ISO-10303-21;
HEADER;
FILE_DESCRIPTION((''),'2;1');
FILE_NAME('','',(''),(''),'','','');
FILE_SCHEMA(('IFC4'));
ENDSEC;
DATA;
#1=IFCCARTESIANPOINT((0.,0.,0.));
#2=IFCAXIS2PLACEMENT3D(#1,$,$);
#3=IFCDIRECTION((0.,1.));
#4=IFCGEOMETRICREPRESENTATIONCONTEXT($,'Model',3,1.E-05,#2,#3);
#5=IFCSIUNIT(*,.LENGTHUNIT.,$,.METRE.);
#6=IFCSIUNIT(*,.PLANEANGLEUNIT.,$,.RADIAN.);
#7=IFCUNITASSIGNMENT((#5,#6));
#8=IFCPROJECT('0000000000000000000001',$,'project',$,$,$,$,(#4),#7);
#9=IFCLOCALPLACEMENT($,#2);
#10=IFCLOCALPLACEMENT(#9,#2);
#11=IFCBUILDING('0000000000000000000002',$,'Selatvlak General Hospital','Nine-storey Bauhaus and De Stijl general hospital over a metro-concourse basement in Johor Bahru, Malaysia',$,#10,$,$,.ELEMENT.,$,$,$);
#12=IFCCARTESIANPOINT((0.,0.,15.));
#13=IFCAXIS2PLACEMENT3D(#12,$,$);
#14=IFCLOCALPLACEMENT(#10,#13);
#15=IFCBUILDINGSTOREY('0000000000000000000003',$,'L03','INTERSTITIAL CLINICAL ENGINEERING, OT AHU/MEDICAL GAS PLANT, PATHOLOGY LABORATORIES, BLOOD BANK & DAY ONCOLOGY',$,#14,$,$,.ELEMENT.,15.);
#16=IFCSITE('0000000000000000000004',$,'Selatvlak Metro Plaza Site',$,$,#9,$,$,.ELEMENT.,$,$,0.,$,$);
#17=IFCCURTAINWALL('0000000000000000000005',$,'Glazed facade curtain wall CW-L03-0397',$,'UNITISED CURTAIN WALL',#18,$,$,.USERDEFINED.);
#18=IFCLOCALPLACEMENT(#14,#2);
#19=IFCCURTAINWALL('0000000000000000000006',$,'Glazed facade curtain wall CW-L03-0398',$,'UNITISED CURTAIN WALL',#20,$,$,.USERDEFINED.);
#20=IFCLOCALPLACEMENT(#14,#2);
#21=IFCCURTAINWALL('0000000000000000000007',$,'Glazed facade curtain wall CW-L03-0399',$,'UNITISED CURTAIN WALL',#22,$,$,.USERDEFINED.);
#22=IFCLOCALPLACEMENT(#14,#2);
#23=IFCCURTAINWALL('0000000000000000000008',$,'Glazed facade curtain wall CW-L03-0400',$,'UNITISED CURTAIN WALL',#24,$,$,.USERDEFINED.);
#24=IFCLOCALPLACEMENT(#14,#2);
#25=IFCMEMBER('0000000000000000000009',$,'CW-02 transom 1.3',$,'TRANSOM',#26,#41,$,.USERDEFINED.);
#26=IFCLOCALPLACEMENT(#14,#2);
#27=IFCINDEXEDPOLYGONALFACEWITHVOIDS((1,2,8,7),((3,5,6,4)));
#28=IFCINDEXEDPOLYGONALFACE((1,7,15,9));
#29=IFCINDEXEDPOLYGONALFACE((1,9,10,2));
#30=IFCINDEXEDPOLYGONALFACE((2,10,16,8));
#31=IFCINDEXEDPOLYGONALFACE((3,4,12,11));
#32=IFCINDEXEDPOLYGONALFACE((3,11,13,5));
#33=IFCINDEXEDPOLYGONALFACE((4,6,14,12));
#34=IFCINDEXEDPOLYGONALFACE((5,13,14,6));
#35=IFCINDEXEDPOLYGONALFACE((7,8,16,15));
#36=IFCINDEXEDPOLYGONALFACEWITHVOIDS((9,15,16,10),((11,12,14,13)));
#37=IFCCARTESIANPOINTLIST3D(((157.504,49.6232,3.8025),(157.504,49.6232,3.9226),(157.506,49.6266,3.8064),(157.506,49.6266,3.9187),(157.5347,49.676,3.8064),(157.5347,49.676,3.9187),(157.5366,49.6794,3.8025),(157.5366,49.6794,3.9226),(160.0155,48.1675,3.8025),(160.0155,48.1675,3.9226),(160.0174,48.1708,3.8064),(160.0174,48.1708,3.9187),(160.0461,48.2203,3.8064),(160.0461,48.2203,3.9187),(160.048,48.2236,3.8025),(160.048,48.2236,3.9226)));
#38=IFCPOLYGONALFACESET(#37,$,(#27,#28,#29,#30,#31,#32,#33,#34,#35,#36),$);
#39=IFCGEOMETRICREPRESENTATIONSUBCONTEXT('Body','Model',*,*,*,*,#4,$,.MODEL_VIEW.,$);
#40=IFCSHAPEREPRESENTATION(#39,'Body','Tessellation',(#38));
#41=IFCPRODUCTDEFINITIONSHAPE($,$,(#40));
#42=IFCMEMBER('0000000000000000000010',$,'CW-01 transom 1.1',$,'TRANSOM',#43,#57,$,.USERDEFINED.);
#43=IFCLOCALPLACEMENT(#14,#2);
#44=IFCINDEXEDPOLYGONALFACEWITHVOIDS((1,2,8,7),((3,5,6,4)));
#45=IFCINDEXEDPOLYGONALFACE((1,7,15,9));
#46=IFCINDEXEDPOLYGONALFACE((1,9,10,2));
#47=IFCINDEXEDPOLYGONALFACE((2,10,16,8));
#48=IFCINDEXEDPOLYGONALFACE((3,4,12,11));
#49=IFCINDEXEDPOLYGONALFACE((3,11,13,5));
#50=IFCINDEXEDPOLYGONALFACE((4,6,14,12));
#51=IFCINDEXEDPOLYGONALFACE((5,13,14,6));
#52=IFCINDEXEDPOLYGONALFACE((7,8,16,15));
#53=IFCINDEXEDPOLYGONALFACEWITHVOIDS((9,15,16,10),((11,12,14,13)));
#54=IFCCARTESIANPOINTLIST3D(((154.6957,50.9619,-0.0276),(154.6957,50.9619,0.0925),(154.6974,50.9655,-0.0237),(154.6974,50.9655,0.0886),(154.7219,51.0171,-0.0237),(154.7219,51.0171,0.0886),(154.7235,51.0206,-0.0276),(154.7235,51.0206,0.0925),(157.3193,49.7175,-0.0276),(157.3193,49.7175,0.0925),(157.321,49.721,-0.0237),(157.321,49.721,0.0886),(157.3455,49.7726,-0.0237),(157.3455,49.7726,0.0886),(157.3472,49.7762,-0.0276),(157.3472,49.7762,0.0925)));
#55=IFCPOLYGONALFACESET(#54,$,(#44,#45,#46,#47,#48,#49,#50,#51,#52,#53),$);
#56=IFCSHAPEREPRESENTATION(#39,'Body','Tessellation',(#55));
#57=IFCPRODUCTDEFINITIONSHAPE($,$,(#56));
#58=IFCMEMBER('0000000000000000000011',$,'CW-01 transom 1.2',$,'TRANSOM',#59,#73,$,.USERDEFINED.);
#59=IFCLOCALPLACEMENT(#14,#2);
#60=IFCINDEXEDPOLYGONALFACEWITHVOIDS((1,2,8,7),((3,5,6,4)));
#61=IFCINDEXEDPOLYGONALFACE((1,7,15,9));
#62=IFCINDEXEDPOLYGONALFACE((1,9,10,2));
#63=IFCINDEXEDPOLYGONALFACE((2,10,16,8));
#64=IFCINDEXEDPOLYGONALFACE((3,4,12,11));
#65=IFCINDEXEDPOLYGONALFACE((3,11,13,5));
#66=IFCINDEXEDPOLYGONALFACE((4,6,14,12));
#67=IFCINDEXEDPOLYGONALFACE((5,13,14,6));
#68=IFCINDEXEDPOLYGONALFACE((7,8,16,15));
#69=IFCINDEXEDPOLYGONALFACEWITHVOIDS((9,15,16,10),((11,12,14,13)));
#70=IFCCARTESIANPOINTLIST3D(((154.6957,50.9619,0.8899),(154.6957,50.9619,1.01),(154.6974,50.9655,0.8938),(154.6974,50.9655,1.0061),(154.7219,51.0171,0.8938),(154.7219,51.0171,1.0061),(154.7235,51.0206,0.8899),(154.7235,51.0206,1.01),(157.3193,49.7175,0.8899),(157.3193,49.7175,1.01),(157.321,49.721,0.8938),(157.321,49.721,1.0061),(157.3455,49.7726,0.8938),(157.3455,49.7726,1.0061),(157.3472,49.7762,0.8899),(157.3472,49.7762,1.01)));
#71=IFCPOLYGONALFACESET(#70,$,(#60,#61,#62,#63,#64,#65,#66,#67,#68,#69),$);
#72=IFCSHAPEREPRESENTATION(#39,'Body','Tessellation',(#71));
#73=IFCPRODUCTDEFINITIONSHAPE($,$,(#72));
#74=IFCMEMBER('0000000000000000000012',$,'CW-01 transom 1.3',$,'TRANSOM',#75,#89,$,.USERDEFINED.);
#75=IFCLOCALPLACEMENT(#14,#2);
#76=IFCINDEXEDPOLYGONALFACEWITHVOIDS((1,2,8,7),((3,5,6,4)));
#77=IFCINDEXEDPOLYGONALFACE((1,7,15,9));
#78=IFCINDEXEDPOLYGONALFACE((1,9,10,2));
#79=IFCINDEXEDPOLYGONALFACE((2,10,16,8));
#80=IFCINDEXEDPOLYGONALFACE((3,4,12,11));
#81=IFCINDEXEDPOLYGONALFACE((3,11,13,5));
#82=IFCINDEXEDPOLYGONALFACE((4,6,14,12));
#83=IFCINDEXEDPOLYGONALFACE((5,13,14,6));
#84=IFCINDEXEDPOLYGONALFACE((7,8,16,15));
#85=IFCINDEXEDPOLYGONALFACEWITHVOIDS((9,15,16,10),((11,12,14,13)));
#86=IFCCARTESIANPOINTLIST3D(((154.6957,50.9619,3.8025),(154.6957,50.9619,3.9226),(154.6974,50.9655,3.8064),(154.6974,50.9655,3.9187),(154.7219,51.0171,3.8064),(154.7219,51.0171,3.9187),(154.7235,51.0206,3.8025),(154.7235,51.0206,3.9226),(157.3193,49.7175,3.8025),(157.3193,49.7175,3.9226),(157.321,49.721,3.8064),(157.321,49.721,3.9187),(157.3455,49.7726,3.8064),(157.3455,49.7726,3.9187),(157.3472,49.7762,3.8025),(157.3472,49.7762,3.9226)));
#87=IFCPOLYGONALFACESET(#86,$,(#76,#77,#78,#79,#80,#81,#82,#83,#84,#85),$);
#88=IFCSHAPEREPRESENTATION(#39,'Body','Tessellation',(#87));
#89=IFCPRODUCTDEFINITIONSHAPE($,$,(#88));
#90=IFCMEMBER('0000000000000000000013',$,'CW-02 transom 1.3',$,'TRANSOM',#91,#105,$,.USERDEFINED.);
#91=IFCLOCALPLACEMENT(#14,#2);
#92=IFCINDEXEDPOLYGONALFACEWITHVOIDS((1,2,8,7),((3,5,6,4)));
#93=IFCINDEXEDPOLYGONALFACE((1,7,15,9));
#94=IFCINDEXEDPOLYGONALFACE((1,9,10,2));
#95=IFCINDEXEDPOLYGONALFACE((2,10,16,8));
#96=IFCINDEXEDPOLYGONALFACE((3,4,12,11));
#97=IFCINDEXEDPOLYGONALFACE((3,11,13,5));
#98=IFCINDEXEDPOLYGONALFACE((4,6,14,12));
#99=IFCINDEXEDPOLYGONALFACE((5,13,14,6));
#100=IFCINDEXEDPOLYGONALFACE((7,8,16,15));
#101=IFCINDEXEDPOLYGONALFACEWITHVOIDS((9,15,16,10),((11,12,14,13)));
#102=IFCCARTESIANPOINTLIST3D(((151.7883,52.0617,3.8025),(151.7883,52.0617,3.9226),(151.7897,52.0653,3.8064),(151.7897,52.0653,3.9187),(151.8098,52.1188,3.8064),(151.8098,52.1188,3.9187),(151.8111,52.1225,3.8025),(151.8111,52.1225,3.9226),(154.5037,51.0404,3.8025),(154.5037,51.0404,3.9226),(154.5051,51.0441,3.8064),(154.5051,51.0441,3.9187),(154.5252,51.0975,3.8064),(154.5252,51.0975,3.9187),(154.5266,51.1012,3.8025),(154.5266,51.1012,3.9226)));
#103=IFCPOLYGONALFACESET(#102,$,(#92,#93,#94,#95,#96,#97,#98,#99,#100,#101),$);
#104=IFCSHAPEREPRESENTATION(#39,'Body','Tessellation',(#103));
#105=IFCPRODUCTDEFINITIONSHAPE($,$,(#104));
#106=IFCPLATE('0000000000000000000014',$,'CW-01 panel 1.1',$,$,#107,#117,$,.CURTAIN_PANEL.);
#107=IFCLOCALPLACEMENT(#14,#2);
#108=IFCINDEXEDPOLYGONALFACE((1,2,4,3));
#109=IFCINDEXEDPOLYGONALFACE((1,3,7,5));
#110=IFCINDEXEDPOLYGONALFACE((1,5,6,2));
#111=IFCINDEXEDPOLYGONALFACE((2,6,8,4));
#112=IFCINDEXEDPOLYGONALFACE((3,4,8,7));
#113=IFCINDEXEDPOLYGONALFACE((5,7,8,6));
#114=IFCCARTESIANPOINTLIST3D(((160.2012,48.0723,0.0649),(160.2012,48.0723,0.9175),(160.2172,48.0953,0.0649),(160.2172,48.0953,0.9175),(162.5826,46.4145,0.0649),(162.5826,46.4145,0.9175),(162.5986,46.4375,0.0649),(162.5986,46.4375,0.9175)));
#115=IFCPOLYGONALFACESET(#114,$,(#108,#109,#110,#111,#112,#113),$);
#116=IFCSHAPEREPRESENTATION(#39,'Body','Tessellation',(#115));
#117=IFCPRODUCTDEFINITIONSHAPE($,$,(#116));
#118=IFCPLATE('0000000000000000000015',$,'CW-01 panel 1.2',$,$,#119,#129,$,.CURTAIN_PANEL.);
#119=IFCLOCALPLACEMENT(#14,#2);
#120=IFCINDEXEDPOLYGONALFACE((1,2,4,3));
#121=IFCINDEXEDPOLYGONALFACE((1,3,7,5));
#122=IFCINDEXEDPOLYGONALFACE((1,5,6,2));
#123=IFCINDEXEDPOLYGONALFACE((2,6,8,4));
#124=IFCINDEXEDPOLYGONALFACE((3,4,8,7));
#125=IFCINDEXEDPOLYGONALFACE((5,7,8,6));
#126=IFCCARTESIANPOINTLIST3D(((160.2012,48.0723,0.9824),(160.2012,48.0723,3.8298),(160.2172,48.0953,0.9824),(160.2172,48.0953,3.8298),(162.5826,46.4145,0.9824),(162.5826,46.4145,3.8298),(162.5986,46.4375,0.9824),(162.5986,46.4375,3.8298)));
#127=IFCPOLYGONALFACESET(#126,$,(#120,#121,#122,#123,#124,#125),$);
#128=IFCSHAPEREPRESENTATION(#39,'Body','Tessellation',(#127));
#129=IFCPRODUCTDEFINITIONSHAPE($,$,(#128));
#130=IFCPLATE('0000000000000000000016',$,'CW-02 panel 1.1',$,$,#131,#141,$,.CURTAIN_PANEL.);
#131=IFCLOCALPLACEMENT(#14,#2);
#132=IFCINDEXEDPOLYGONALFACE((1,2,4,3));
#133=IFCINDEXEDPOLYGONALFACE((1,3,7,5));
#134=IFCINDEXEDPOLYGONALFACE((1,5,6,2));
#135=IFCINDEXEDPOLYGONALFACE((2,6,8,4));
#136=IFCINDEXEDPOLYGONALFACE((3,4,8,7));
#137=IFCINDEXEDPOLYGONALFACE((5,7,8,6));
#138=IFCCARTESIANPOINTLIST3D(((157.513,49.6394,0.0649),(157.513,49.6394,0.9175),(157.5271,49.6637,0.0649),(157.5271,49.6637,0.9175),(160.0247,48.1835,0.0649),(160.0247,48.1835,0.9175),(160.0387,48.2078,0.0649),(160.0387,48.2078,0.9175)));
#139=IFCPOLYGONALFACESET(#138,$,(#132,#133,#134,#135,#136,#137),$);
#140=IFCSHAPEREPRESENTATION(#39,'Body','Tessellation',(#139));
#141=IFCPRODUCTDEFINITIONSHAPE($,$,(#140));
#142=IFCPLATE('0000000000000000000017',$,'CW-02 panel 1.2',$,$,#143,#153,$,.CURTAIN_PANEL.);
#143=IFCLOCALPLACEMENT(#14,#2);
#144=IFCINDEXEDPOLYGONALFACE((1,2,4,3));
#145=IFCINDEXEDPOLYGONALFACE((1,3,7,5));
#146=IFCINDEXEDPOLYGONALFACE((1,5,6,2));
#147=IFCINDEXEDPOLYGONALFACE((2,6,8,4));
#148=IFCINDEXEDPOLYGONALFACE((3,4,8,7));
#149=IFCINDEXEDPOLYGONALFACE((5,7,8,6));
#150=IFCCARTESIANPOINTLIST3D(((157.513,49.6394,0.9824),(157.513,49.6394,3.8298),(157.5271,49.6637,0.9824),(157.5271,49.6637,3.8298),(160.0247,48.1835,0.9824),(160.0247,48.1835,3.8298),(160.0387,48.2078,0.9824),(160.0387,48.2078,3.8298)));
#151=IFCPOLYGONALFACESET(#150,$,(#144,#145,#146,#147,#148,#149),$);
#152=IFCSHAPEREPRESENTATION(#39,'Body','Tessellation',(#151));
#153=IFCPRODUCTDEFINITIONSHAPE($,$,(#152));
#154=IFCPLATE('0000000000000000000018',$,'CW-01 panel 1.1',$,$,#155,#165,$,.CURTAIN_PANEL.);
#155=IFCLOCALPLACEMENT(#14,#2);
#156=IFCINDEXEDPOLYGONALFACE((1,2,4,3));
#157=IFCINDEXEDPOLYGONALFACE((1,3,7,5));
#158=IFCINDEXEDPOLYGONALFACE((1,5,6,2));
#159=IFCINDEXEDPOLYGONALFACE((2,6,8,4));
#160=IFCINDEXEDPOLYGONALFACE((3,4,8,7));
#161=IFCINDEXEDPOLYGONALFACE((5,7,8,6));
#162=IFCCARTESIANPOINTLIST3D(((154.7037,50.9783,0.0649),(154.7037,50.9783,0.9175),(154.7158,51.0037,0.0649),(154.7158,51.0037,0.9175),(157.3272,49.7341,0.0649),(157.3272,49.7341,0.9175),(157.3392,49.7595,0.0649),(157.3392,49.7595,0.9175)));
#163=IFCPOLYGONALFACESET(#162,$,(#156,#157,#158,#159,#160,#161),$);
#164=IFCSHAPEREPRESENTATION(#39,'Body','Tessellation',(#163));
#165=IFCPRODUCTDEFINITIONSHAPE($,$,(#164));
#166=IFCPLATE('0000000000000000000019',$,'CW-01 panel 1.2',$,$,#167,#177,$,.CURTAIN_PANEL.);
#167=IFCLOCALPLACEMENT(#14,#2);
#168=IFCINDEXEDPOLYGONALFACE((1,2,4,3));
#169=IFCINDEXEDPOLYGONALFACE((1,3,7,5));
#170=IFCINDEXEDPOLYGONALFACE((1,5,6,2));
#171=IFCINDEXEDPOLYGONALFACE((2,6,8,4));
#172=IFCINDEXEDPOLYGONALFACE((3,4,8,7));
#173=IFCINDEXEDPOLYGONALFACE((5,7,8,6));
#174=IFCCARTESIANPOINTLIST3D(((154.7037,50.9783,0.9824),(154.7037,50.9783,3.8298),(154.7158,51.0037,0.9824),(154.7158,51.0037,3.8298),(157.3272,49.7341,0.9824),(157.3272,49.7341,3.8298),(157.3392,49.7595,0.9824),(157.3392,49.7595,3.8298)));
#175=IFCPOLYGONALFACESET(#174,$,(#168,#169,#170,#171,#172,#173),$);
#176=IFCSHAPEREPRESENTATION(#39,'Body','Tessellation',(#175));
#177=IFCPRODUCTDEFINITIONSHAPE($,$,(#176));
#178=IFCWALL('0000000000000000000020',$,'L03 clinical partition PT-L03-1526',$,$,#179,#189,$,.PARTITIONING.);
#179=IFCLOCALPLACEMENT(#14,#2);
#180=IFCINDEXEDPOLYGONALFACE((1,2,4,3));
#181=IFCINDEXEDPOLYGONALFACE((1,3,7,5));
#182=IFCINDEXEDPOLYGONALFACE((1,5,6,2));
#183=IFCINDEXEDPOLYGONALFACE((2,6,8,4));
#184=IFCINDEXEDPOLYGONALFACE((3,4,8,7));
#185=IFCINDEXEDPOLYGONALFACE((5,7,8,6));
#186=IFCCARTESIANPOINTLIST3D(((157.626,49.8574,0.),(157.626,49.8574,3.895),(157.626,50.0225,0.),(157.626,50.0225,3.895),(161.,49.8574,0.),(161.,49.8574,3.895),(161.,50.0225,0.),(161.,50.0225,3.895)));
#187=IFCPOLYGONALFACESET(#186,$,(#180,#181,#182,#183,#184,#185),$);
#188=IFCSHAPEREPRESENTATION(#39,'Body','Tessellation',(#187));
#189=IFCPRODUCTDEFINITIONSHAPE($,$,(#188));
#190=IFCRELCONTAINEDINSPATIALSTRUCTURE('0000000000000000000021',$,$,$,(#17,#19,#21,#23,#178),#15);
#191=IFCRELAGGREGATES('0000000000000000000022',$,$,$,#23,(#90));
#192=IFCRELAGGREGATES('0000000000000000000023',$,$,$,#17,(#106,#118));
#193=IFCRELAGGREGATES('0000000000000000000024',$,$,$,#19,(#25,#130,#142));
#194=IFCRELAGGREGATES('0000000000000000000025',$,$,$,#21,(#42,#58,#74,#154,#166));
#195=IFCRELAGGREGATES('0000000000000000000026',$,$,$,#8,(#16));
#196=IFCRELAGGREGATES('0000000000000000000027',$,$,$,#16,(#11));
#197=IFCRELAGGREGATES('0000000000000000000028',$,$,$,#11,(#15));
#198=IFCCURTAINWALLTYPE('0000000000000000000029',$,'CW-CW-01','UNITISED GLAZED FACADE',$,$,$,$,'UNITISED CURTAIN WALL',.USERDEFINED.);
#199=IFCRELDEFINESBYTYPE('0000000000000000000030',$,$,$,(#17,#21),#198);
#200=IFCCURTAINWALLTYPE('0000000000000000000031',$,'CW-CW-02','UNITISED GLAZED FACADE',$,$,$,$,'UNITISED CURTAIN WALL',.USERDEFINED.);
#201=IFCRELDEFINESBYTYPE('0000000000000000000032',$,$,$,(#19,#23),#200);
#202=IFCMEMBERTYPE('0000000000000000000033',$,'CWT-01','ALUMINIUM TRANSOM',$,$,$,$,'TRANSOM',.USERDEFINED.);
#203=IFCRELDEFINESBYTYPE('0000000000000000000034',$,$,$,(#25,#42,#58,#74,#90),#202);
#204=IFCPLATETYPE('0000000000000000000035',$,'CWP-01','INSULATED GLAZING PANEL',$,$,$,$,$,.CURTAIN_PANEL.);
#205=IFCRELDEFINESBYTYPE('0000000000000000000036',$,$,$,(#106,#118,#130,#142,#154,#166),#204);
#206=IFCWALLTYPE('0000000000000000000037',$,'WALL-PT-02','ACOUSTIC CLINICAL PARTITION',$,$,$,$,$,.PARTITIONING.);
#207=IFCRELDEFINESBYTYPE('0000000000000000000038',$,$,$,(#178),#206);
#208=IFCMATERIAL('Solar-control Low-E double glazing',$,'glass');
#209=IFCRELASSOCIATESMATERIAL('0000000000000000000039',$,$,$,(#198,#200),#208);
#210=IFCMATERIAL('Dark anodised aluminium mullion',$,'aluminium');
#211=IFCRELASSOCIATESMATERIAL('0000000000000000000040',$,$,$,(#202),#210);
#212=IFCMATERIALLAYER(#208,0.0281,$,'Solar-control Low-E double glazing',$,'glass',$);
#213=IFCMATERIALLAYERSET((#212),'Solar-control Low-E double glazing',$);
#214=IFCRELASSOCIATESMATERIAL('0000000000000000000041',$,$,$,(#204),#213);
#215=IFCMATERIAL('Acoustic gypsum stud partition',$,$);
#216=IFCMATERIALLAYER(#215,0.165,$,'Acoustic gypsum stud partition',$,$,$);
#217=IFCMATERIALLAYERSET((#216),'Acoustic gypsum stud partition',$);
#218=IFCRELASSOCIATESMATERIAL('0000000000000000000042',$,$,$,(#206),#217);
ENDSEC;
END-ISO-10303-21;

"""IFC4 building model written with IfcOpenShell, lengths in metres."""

from ifc_helpers import new_model, si_unit, direction, frame, frame_2d, origin, origin_2d, place, context, subcontext, project, spatial, rectangle, hollow_rectangle, extrude, material, layer, layer_set, material_profile, profile_set, type_object, element, aggregate, save


model = new_model("IFC4")

# Units and contexts
model_context = context("Model", 3, precision=1e-05, world=origin(), true_north=direction((0.0, 1.0)))
body_context = subcontext(model_context, "Body", "Model", "MODEL_VIEW")
ifc_project = project(units=[si_unit("LENGTHUNIT", "METRE"), si_unit("PLANEANGLEUNIT", "RADIAN")], contexts=[model_context])

# Site, building, storey
site_placement = place(None, origin())
site = spatial("IfcSite", under=ifc_project, at=site_placement, Name="Selatvlak Metro Plaza Site", CompositionType="ELEMENT", RefElevation=0.0)
building_placement = place(site_placement, origin())
building = spatial("IfcBuilding", under=site, at=building_placement, Name="Selatvlak General Hospital", Description="Nine-storey Bauhaus and De Stijl general hospital over a metro-concourse basement in Johor Bahru, Malaysia", CompositionType="ELEMENT")
storey_placement = place(building_placement, frame((0.0, 0.0, 15.0)))
storey = spatial("IfcBuildingStorey", under=building, at=storey_placement, Name="L03", Description="INTERSTITIAL CLINICAL ENGINEERING, OT AHU/MEDICAL GAS PLANT, PATHOLOGY LABORATORIES, BLOOD BANK & DAY ONCOLOGY", CompositionType="ELEMENT", Elevation=15.0)

# Curtain wall
ifc_material_1 = material(Name="Solar-control Low-E double glazing", Category="glass")
curtain_wall_type_1 = type_object("IfcCurtainWallType", Name="CW-CW-01", Description="UNITISED GLAZED FACADE", ElementType="UNITISED CURTAIN WALL", PredefinedType="USERDEFINED", material=ifc_material_1)
curtain_wall_1_placement = place(storey_placement, origin())
curtain_wall_1 = element("IfcCurtainWall", 1, at=curtain_wall_1_placement, inside=storey, type_object=curtain_wall_type_1, Name="Glazed facade curtain wall CW-L03-0397", ObjectType="UNITISED CURTAIN WALL", PredefinedType="USERDEFINED")
ifc_material_2 = material(Name="Dark anodised aluminium mullion", Category="aluminium")

# Curtain walls
curtain_wall_type_2 = type_object("IfcCurtainWallType", Name="CW-CW-02", Description="UNITISED GLAZED FACADE", ElementType="UNITISED CURTAIN WALL", PredefinedType="USERDEFINED", material=ifc_material_1)
curtain_wall_2_placement = place(storey_placement, origin())
curtain_wall_2 = element("IfcCurtainWall", 2, at=curtain_wall_2_placement, inside=storey, type_object=curtain_wall_type_2, Name="Glazed facade curtain wall CW-L03-0398", ObjectType="UNITISED CURTAIN WALL", PredefinedType="USERDEFINED")
curtain_wall_3_placement = place(storey_placement, origin())
curtain_wall_3 = element("IfcCurtainWall", 3, at=curtain_wall_3_placement, inside=storey, type_object=curtain_wall_type_1, Name="Glazed facade curtain wall CW-L03-0399", ObjectType="UNITISED CURTAIN WALL", PredefinedType="USERDEFINED")

# Curtain wall
curtain_wall_4_placement = place(storey_placement, origin())
curtain_wall_4 = element("IfcCurtainWall", 4, at=curtain_wall_4_placement, inside=storey, type_object=curtain_wall_type_2, Name="Glazed facade curtain wall CW-L03-0400", ObjectType="UNITISED CURTAIN WALL", PredefinedType="USERDEFINED")

# Members
ifc_material_profile_1 = material_profile(ifc_material_2, hollow_rectangle(XDim=0.0649, YDim=0.1201, WallThickness=0.0039, at=origin_2d()), Name="AL-TRN 65x120x4")
ifc_profile_set_1 = profile_set([ifc_material_profile_1], Name="Dark anodised aluminium mullion")
member_type_1 = type_object("IfcMemberType", Name="CWT-01", Description="ALUMINIUM TRANSOM", ElementType="TRANSOM", PredefinedType="USERDEFINED", material=ifc_profile_set_1)
member_1_placement = place(storey_placement, frame((160.0317, 48.1956, 3.8625), z_axis=(-0.865157, 0.5015, 0.0), x_axis=(-0.5015, -0.865157, 0.0)))
member_1 = element("IfcMember", 5, at=member_1_placement, type_object=member_type_1, Name="CW-02 transom 1.3", ObjectType="TRANSOM", PredefinedType="USERDEFINED", context=body_context, shape_type="SweptSolid", body=[
    extrude(hollow_rectangle(XDim=0.0649, YDim=0.1201, WallThickness=0.0039, at=origin_2d()), origin(), (0.0, 0.0, 1.0), 2.9028),
])
member_2_placement = place(storey_placement, frame((157.3333, 49.7468, 0.0325), z_axis=(-0.903517, 0.428553, 0.0), x_axis=(-0.428553, -0.903517, 0.0)))
member_2 = element("IfcMember", 6, at=member_2_placement, type_object=member_type_1, Name="CW-01 transom 1.1", ObjectType="TRANSOM", PredefinedType="USERDEFINED", context=body_context, shape_type="SweptSolid", body=[
    extrude(hollow_rectangle(XDim=0.0649, YDim=0.1201, WallThickness=0.0039, at=origin_2d()), origin(), (0.0, 0.0, 1.0), 2.9038),
])
member_3_placement = place(storey_placement, frame((157.3333, 49.7468, 0.95), z_axis=(-0.903517, 0.428553, 0.0), x_axis=(-0.428553, -0.903517, 0.0)))
member_3 = element("IfcMember", 7, at=member_3_placement, type_object=member_type_1, Name="CW-01 transom 1.2", ObjectType="TRANSOM", PredefinedType="USERDEFINED", context=body_context, shape_type="SweptSolid", body=[
    extrude(hollow_rectangle(XDim=0.0649, YDim=0.1201, WallThickness=0.0039, at=origin_2d()), origin(), (0.0, 0.0, 1.0), 2.9038),
])
member_4_placement = place(storey_placement, frame((157.3333, 49.7468, 3.8625), z_axis=(-0.903517, 0.428553, 0.0), x_axis=(-0.428553, -0.903517, 0.0)))
member_4 = element("IfcMember", 8, at=member_4_placement, type_object=member_type_1, Name="CW-01 transom 1.3", ObjectType="TRANSOM", PredefinedType="USERDEFINED", context=body_context, shape_type="SweptSolid", body=[
    extrude(hollow_rectangle(XDim=0.0649, YDim=0.1201, WallThickness=0.0039, at=origin_2d()), origin(), (0.0, 0.0, 1.0), 2.9038),
])
member_5_placement = place(storey_placement, frame((154.5151, 51.0708, 3.8625), z_axis=(-0.93599, 0.352027, 0.0), x_axis=(-0.352027, -0.93599, 0.0)))
member_5 = element("IfcMember", 9, at=member_5_placement, type_object=member_type_1, Name="CW-02 transom 1.3", ObjectType="TRANSOM", PredefinedType="USERDEFINED", context=body_context, shape_type="SweptSolid", body=[
    extrude(hollow_rectangle(XDim=0.0649, YDim=0.1201, WallThickness=0.0039, at=origin_2d()), origin(), (0.0, 0.0, 1.0), 2.9011),
])
aggregate(curtain_wall_4, [member_5])

# Plates
ifc_layer_1 = layer(ifc_material_1, 0.0281, Name="Solar-control Low-E double glazing", Category="glass")
ifc_layer_set_1 = layer_set([ifc_layer_1], Name="Solar-control Low-E double glazing")
plate_type = type_object("IfcPlateType", Name="CWP-01", Description="INSULATED GLAZING PANEL", PredefinedType="CURTAIN_PANEL", material=ifc_layer_set_1)
plate_1_placement = place(storey_placement, frame((161.3999, 47.2549, 0.0649), z_axis=(0.0, 0.0, 1.0), x_axis=(-0.820717, 0.571335, 0.0)))
plate_1 = element("IfcPlate", 10, at=plate_1_placement, type_object=plate_type, Name="CW-01 panel 1.1", PredefinedType="CURTAIN_PANEL", context=body_context, shape_type="SweptSolid", body=[
    extrude(rectangle(XDim=2.9016, YDim=0.0281, at=origin_2d()), origin(), (0.0, 0.0, 1.0), 0.8525),
])
plate_2_placement = place(storey_placement, frame((161.3999, 47.2549, 0.9824), z_axis=(0.0, 0.0, 1.0), x_axis=(-0.820717, 0.571335, 0.0)))
plate_2 = element("IfcPlate", 11, at=plate_2_placement, type_object=plate_type, Name="CW-01 panel 1.2", PredefinedType="CURTAIN_PANEL", context=body_context, shape_type="SweptSolid", body=[
    extrude(rectangle(XDim=2.9016, YDim=0.0281, at=origin_2d()), origin(), (0.0, 0.0, 1.0), 2.8474),
])
aggregate(curtain_wall_1, [plate_1, plate_2])
plate_3_placement = place(storey_placement, frame((158.7759, 48.9236, 0.0649), z_axis=(0.0, 0.0, 1.0), x_axis=(-0.865163, 0.501491, 0.0)))
plate_3 = element("IfcPlate", 12, at=plate_3_placement, type_object=plate_type, Name="CW-02 panel 1.1", PredefinedType="CURTAIN_PANEL", context=body_context, shape_type="SweptSolid", body=[
    extrude(rectangle(XDim=2.9031, YDim=0.0281, at=origin_2d()), origin(), (0.0, 0.0, 1.0), 0.8525),
])
plate_4_placement = place(storey_placement, frame((158.7759, 48.9236, 0.9824), z_axis=(0.0, 0.0, 1.0), x_axis=(-0.865163, 0.501491, 0.0)))
plate_4 = element("IfcPlate", 13, at=plate_4_placement, type_object=plate_type, Name="CW-02 panel 1.2", PredefinedType="CURTAIN_PANEL", context=body_context, shape_type="SweptSolid", body=[
    extrude(rectangle(XDim=2.9031, YDim=0.0281, at=origin_2d()), origin(), (0.0, 0.0, 1.0), 2.8474),
])
aggregate(curtain_wall_2, [member_1, plate_3, plate_4])
plate_5_placement = place(storey_placement, frame((156.0215, 50.3689, 0.0649), z_axis=(0.0, 0.0, 1.0), x_axis=(-0.90353, 0.428526, 0.0)))
plate_5 = element("IfcPlate", 14, at=plate_5_placement, type_object=plate_type, Name="CW-01 panel 1.1", PredefinedType="CURTAIN_PANEL", context=body_context, shape_type="SweptSolid", body=[
    extrude(rectangle(XDim=2.9036, YDim=0.0281, at=origin_2d()), origin(), (0.0, 0.0, 1.0), 0.8525),
])
plate_6_placement = place(storey_placement, frame((156.0215, 50.3689, 0.9824), z_axis=(0.0, 0.0, 1.0), x_axis=(-0.90353, 0.428526, 0.0)))
plate_6 = element("IfcPlate", 15, at=plate_6_placement, type_object=plate_type, Name="CW-01 panel 1.2", PredefinedType="CURTAIN_PANEL", context=body_context, shape_type="SweptSolid", body=[
    extrude(rectangle(XDim=2.9036, YDim=0.0281, at=origin_2d()), origin(), (0.0, 0.0, 1.0), 2.8474),
])
aggregate(curtain_wall_3, [member_2, member_3, member_4, plate_5, plate_6])

# Wall
ifc_material_3 = material(Name="Acoustic gypsum stud partition")
ifc_layer_2 = layer(ifc_material_3, 0.165, Name="Acoustic gypsum stud partition")
ifc_layer_set_2 = layer_set([ifc_layer_2], Name="Acoustic gypsum stud partition")
wall_type_1 = type_object("IfcWallType", Name="WALL-PT-02", Description="ACOUSTIC CLINICAL PARTITION", PredefinedType="PARTITIONING", material=ifc_layer_set_2)
wall_1_placement = place(storey_placement, frame((157.626, 49.9399, 0.0), z_axis=(0.0, 0.0, 1.0), x_axis=(1.0, 0.0, 0.0)))
element("IfcWall", 16, at=wall_1_placement, inside=storey, type_object=wall_type_1, Name="L03 clinical partition PT-L03-1526", PredefinedType="PARTITIONING", context=body_context, shape_type="SweptSolid", body=[
    extrude(rectangle(XDim=3.374, YDim=0.165, at=frame_2d((1.687, 0.0))), origin(), (0.0, 0.0, 1.0), 3.895),
])

save(model, "model.ifc")
